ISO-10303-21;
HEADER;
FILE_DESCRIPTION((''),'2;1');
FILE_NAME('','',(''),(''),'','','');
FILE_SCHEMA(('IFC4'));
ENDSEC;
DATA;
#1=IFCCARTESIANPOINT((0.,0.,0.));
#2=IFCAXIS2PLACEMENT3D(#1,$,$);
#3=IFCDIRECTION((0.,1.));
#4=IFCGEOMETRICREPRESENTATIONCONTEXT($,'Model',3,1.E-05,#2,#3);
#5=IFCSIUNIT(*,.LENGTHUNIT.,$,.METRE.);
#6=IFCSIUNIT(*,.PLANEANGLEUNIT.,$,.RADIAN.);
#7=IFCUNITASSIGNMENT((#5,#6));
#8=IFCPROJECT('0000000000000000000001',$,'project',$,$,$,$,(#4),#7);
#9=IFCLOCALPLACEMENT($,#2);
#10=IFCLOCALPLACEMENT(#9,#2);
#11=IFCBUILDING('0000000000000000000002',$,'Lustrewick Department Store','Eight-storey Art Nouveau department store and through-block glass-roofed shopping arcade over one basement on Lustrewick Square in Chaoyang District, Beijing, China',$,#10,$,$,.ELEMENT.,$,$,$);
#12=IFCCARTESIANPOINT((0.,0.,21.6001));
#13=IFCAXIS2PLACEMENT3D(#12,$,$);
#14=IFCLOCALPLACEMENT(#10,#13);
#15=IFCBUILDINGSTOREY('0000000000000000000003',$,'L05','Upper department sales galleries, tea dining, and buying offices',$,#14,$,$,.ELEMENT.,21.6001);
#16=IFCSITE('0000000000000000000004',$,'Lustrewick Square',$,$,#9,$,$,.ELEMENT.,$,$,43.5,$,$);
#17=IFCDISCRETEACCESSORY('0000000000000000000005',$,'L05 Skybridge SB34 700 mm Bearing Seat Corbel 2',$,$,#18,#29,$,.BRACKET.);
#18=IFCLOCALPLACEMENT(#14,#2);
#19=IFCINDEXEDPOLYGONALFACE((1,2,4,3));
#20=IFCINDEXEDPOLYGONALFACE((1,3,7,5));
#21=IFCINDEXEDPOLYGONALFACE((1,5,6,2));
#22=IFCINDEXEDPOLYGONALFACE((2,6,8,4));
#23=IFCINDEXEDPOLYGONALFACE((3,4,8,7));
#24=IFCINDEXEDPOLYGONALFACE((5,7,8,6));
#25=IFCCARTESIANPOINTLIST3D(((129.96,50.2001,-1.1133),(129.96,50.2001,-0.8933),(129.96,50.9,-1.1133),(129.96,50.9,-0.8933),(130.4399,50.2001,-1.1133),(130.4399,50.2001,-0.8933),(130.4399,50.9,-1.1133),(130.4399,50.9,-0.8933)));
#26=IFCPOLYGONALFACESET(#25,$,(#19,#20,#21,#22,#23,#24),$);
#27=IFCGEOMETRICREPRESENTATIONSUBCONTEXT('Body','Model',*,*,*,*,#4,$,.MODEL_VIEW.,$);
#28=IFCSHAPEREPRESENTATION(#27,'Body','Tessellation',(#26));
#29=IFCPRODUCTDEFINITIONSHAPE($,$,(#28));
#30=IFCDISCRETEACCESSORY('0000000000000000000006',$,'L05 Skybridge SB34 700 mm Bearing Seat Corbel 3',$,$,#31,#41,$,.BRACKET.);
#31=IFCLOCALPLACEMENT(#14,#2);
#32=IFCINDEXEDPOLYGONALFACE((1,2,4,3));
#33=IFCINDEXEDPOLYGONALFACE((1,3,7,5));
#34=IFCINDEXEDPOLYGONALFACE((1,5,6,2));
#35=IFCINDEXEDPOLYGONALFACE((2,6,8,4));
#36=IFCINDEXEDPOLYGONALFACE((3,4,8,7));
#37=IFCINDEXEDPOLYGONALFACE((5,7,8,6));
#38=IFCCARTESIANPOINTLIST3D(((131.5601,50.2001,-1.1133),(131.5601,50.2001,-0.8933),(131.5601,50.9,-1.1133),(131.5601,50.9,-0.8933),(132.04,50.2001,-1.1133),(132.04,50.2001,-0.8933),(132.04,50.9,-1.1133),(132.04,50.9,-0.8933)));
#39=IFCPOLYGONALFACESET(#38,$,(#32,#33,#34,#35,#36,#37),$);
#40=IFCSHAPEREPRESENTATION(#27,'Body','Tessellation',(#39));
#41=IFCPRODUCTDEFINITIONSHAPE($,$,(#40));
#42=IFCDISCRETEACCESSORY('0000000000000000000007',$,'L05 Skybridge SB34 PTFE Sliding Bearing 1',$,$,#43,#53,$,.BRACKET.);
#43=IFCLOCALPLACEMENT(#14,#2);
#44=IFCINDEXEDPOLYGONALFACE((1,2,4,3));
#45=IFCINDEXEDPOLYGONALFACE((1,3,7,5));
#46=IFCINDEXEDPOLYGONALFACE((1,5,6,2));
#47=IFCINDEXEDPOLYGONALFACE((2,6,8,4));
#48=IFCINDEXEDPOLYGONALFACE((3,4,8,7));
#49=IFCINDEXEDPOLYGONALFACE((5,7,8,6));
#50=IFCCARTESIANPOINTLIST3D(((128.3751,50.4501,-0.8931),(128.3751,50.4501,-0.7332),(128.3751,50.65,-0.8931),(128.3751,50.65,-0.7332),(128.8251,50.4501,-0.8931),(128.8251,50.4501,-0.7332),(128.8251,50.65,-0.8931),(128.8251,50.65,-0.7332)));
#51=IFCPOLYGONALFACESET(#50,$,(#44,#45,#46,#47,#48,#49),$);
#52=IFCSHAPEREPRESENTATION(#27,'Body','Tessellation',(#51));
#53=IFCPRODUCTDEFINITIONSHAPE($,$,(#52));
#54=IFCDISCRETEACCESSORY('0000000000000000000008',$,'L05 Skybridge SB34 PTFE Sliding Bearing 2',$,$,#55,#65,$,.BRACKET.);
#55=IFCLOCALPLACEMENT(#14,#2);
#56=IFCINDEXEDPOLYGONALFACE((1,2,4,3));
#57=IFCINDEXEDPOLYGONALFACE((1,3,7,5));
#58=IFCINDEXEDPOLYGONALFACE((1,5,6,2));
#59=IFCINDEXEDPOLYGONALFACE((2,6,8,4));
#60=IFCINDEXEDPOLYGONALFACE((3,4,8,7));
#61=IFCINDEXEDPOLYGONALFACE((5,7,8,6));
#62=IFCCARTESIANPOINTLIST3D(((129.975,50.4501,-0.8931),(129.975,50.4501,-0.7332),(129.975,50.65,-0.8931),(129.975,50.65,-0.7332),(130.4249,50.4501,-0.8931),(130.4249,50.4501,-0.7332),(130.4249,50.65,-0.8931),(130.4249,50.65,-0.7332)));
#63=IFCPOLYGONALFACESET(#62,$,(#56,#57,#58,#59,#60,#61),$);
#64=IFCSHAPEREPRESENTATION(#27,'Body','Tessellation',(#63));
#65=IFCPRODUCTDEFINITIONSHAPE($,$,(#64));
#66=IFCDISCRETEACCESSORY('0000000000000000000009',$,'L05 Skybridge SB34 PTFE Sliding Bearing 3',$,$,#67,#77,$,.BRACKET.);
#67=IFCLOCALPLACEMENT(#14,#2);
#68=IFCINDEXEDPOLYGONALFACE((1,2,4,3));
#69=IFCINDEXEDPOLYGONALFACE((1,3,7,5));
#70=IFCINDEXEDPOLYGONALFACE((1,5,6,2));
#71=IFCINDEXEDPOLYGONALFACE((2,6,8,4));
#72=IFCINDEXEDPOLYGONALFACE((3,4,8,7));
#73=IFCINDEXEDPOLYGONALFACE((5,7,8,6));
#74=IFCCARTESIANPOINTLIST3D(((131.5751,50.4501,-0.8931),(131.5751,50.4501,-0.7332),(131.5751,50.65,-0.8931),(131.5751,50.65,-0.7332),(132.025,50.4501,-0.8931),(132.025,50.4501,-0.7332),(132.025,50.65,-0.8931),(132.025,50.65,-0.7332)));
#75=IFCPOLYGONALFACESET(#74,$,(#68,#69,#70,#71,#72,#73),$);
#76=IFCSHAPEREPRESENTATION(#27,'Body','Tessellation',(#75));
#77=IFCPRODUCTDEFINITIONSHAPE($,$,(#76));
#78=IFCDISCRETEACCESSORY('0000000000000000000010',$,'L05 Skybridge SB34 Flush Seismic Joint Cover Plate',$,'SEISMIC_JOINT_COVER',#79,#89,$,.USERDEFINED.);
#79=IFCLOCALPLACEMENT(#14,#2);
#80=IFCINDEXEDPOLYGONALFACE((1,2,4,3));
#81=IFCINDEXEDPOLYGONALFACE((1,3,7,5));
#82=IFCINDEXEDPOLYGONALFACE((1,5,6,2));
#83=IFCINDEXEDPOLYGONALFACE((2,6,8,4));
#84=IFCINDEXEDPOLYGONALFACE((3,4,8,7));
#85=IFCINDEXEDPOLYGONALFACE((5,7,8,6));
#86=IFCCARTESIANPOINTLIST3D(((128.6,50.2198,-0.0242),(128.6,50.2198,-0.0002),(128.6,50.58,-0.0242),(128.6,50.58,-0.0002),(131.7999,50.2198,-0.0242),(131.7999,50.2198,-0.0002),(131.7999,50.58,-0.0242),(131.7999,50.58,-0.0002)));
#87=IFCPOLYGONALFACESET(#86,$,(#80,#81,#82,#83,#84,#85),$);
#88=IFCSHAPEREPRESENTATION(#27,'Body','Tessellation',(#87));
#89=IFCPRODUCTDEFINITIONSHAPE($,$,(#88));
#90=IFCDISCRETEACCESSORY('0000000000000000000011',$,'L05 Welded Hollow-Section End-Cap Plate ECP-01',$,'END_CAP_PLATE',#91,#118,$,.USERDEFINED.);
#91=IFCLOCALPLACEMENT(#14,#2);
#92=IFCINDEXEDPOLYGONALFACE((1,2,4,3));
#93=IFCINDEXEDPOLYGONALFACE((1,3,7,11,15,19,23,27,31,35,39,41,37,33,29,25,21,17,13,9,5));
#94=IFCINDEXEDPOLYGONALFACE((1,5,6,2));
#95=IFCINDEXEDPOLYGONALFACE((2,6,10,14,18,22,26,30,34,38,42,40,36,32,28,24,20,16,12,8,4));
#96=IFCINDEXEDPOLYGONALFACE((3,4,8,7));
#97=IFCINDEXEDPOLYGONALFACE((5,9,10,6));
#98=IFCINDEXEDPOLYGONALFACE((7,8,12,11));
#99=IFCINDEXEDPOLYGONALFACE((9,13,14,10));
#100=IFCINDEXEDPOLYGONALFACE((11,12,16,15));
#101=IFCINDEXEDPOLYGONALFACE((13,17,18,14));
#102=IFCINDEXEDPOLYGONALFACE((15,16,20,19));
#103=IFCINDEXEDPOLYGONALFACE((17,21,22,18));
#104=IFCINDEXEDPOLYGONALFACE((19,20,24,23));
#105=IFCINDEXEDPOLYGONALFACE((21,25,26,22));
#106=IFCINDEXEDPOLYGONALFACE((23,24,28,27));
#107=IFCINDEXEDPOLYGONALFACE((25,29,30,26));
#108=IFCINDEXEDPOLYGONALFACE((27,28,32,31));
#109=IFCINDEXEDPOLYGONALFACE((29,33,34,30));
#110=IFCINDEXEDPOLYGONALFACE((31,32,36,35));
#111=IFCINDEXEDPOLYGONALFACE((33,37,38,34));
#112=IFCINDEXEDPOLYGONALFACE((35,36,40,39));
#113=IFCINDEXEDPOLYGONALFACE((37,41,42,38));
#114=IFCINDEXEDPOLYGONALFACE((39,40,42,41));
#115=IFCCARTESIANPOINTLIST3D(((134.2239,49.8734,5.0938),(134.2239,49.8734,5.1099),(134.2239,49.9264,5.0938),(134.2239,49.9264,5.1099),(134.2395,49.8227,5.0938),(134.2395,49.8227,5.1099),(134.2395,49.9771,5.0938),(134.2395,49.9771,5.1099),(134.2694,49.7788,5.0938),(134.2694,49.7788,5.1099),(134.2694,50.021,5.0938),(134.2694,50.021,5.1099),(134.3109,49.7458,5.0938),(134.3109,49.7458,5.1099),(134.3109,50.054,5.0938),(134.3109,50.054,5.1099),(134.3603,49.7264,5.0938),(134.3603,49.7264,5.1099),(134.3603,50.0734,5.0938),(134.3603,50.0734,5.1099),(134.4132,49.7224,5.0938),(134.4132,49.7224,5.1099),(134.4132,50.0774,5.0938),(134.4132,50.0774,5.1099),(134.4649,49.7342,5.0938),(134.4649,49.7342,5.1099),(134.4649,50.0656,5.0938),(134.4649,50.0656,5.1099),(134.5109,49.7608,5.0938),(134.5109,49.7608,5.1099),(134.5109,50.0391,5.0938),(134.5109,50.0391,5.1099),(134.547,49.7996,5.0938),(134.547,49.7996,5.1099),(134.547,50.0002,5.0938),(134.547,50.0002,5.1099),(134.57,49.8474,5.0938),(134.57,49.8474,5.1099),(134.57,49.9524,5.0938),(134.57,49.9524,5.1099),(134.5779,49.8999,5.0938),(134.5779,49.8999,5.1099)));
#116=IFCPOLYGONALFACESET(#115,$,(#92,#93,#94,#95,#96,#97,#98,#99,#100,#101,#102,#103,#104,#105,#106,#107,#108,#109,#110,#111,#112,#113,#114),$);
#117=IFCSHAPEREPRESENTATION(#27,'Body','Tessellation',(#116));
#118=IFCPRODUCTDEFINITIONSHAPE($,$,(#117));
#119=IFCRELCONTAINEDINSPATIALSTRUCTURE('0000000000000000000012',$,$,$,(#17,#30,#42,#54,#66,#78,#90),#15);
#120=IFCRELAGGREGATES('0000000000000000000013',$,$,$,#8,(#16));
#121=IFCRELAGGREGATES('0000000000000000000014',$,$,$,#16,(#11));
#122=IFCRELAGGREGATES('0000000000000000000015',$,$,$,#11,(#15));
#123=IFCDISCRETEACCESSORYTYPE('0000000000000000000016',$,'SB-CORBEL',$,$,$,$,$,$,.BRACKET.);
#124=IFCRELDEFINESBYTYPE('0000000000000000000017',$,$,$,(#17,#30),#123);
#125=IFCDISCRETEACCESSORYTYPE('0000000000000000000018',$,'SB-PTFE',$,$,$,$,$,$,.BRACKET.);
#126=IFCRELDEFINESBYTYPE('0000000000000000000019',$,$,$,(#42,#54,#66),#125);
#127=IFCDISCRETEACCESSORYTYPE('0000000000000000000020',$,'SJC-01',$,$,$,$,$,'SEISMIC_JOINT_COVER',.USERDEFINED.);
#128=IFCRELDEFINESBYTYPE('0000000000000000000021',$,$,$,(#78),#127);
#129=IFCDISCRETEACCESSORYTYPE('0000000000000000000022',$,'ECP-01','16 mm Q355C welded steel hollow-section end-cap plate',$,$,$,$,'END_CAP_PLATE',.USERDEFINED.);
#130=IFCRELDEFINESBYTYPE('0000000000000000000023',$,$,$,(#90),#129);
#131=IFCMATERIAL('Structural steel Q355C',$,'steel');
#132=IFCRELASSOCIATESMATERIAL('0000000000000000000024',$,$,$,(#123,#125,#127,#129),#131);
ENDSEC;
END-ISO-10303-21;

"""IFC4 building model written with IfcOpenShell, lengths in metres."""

from ifc_helpers import new_model, si_unit, direction, frame, origin, origin_2d, place, context, subcontext, project, spatial, rectangle, circle, extrude, material, type_object, element, save


model = new_model("IFC4")

# Units and contexts
model_context = context("Model", 3, precision=1e-05, world=origin(), true_north=direction((0.0, 1.0)))
body_context = subcontext(model_context, "Body", "Model", "MODEL_VIEW")
ifc_project = project(units=[si_unit("LENGTHUNIT", "METRE"), si_unit("PLANEANGLEUNIT", "RADIAN")], contexts=[model_context])

# Site, building, storey
site_placement = place(None, origin())
site = spatial("IfcSite", under=ifc_project, at=site_placement, Name="Lustrewick Square", CompositionType="ELEMENT", RefElevation=43.5)
building_placement = place(site_placement, origin())
building = spatial("IfcBuilding", under=site, at=building_placement, Name="Lustrewick Department Store", Description="Eight-storey Art Nouveau department store and through-block glass-roofed shopping arcade over one basement on Lustrewick Square in Chaoyang District, Beijing, China", CompositionType="ELEMENT")
storey_placement = place(building_placement, frame((0.0, 0.0, 21.6001)))
storey = spatial("IfcBuildingStorey", under=building, at=storey_placement, Name="L05", Description="Upper department sales galleries, tea dining, and buying offices", CompositionType="ELEMENT", Elevation=21.6001)

# Discrete accessories
ifc_material_1 = material(Name="Structural steel Q355C", Category="steel")
discrete_accessory_type_1 = type_object("IfcDiscreteAccessoryType", Name="SB-CORBEL", PredefinedType="BRACKET", material=ifc_material_1)
for number, where, z_axis, x_axis, name in (
    (1, (130.2, 50.55, -1.1133), (0.0, 0.0, 1.0), (1.0, 0.0, 0.0), "L05 Skybridge SB34 700 mm Bearing Seat Corbel 2"),
    (2, (131.8, 50.55, -1.1133), (0.0, 0.0, 1.0), (1.0, 0.0, 0.0), "L05 Skybridge SB34 700 mm Bearing Seat Corbel 3"),
):
    element("IfcDiscreteAccessory", number, at=place(storey_placement, frame(where, z_axis=z_axis, x_axis=x_axis)), inside=storey, type_object=discrete_accessory_type_1, Name=name, PredefinedType="BRACKET", context=body_context, shape_type="SweptSolid", body=[
        extrude(rectangle(XDim=0.48, YDim=0.7, at=origin_2d()), origin(), (0.0, 0.0, 1.0), 0.22),
    ])
discrete_accessory_type_2 = type_object("IfcDiscreteAccessoryType", Name="SB-PTFE", PredefinedType="BRACKET", material=ifc_material_1)
for number, where, z_axis, x_axis, name in (
    (3, (128.6001, 50.55, -0.8931), (0.0, 0.0, 1.0), (1.0, 0.0, 0.0), "L05 Skybridge SB34 PTFE Sliding Bearing 1"),
    (4, (130.2, 50.55, -0.8931), (0.0, 0.0, 1.0), (1.0, 0.0, 0.0), "L05 Skybridge SB34 PTFE Sliding Bearing 2"),
    (5, (131.8, 50.55, -0.8931), (0.0, 0.0, 1.0), (1.0, 0.0, 0.0), "L05 Skybridge SB34 PTFE Sliding Bearing 3"),
):
    element("IfcDiscreteAccessory", number, at=place(storey_placement, frame(where, z_axis=z_axis, x_axis=x_axis)), inside=storey, type_object=discrete_accessory_type_2, Name=name, PredefinedType="BRACKET", context=body_context, shape_type="SweptSolid", body=[
        extrude(rectangle(XDim=0.45, YDim=0.2, at=origin_2d()), origin(), (0.0, 0.0, 1.0), 0.1599),
    ])
discrete_accessory_type_3 = type_object("IfcDiscreteAccessoryType", Name="SJC-01", ElementType="SEISMIC_JOINT_COVER", PredefinedType="USERDEFINED", material=ifc_material_1)
discrete_accessory_1_placement = place(storey_placement, frame((130.2, 50.3999, -0.0242), z_axis=(0.0, 0.0, 1.0), x_axis=(1.0, 0.0, 0.0)))
element("IfcDiscreteAccessory", 6, at=discrete_accessory_1_placement, inside=storey, type_object=discrete_accessory_type_3, Name="L05 Skybridge SB34 Flush Seismic Joint Cover Plate", ObjectType="SEISMIC_JOINT_COVER", PredefinedType="USERDEFINED", context=body_context, shape_type="SweptSolid", body=[
    extrude(rectangle(XDim=3.2, YDim=0.3601, at=origin_2d()), origin(), (0.0, 0.0, 1.0), 0.0239),
])
discrete_accessory_type_4 = type_object("IfcDiscreteAccessoryType", Name="ECP-01", Description="16 mm Q355C welded steel hollow-section end-cap plate", ElementType="END_CAP_PLATE", PredefinedType="USERDEFINED", material=ifc_material_1)
discrete_accessory_2_placement = place(storey_placement, frame((134.3999, 49.8999, 5.0938), z_axis=(0.0, 0.0, 1.0), x_axis=(1.0, 0.0, 0.0)))
element("IfcDiscreteAccessory", 7, at=discrete_accessory_2_placement, inside=storey, type_object=discrete_accessory_type_4, Name="L05 Welded Hollow-Section End-Cap Plate ECP-01", ObjectType="END_CAP_PLATE", PredefinedType="USERDEFINED", context=body_context, shape_type="SweptSolid", body=[
    extrude(circle(Radius=0.178, at=origin_2d()), origin(), (0.0, 0.0, 1.0), 0.0161),
])

save(model, "model.ifc")
